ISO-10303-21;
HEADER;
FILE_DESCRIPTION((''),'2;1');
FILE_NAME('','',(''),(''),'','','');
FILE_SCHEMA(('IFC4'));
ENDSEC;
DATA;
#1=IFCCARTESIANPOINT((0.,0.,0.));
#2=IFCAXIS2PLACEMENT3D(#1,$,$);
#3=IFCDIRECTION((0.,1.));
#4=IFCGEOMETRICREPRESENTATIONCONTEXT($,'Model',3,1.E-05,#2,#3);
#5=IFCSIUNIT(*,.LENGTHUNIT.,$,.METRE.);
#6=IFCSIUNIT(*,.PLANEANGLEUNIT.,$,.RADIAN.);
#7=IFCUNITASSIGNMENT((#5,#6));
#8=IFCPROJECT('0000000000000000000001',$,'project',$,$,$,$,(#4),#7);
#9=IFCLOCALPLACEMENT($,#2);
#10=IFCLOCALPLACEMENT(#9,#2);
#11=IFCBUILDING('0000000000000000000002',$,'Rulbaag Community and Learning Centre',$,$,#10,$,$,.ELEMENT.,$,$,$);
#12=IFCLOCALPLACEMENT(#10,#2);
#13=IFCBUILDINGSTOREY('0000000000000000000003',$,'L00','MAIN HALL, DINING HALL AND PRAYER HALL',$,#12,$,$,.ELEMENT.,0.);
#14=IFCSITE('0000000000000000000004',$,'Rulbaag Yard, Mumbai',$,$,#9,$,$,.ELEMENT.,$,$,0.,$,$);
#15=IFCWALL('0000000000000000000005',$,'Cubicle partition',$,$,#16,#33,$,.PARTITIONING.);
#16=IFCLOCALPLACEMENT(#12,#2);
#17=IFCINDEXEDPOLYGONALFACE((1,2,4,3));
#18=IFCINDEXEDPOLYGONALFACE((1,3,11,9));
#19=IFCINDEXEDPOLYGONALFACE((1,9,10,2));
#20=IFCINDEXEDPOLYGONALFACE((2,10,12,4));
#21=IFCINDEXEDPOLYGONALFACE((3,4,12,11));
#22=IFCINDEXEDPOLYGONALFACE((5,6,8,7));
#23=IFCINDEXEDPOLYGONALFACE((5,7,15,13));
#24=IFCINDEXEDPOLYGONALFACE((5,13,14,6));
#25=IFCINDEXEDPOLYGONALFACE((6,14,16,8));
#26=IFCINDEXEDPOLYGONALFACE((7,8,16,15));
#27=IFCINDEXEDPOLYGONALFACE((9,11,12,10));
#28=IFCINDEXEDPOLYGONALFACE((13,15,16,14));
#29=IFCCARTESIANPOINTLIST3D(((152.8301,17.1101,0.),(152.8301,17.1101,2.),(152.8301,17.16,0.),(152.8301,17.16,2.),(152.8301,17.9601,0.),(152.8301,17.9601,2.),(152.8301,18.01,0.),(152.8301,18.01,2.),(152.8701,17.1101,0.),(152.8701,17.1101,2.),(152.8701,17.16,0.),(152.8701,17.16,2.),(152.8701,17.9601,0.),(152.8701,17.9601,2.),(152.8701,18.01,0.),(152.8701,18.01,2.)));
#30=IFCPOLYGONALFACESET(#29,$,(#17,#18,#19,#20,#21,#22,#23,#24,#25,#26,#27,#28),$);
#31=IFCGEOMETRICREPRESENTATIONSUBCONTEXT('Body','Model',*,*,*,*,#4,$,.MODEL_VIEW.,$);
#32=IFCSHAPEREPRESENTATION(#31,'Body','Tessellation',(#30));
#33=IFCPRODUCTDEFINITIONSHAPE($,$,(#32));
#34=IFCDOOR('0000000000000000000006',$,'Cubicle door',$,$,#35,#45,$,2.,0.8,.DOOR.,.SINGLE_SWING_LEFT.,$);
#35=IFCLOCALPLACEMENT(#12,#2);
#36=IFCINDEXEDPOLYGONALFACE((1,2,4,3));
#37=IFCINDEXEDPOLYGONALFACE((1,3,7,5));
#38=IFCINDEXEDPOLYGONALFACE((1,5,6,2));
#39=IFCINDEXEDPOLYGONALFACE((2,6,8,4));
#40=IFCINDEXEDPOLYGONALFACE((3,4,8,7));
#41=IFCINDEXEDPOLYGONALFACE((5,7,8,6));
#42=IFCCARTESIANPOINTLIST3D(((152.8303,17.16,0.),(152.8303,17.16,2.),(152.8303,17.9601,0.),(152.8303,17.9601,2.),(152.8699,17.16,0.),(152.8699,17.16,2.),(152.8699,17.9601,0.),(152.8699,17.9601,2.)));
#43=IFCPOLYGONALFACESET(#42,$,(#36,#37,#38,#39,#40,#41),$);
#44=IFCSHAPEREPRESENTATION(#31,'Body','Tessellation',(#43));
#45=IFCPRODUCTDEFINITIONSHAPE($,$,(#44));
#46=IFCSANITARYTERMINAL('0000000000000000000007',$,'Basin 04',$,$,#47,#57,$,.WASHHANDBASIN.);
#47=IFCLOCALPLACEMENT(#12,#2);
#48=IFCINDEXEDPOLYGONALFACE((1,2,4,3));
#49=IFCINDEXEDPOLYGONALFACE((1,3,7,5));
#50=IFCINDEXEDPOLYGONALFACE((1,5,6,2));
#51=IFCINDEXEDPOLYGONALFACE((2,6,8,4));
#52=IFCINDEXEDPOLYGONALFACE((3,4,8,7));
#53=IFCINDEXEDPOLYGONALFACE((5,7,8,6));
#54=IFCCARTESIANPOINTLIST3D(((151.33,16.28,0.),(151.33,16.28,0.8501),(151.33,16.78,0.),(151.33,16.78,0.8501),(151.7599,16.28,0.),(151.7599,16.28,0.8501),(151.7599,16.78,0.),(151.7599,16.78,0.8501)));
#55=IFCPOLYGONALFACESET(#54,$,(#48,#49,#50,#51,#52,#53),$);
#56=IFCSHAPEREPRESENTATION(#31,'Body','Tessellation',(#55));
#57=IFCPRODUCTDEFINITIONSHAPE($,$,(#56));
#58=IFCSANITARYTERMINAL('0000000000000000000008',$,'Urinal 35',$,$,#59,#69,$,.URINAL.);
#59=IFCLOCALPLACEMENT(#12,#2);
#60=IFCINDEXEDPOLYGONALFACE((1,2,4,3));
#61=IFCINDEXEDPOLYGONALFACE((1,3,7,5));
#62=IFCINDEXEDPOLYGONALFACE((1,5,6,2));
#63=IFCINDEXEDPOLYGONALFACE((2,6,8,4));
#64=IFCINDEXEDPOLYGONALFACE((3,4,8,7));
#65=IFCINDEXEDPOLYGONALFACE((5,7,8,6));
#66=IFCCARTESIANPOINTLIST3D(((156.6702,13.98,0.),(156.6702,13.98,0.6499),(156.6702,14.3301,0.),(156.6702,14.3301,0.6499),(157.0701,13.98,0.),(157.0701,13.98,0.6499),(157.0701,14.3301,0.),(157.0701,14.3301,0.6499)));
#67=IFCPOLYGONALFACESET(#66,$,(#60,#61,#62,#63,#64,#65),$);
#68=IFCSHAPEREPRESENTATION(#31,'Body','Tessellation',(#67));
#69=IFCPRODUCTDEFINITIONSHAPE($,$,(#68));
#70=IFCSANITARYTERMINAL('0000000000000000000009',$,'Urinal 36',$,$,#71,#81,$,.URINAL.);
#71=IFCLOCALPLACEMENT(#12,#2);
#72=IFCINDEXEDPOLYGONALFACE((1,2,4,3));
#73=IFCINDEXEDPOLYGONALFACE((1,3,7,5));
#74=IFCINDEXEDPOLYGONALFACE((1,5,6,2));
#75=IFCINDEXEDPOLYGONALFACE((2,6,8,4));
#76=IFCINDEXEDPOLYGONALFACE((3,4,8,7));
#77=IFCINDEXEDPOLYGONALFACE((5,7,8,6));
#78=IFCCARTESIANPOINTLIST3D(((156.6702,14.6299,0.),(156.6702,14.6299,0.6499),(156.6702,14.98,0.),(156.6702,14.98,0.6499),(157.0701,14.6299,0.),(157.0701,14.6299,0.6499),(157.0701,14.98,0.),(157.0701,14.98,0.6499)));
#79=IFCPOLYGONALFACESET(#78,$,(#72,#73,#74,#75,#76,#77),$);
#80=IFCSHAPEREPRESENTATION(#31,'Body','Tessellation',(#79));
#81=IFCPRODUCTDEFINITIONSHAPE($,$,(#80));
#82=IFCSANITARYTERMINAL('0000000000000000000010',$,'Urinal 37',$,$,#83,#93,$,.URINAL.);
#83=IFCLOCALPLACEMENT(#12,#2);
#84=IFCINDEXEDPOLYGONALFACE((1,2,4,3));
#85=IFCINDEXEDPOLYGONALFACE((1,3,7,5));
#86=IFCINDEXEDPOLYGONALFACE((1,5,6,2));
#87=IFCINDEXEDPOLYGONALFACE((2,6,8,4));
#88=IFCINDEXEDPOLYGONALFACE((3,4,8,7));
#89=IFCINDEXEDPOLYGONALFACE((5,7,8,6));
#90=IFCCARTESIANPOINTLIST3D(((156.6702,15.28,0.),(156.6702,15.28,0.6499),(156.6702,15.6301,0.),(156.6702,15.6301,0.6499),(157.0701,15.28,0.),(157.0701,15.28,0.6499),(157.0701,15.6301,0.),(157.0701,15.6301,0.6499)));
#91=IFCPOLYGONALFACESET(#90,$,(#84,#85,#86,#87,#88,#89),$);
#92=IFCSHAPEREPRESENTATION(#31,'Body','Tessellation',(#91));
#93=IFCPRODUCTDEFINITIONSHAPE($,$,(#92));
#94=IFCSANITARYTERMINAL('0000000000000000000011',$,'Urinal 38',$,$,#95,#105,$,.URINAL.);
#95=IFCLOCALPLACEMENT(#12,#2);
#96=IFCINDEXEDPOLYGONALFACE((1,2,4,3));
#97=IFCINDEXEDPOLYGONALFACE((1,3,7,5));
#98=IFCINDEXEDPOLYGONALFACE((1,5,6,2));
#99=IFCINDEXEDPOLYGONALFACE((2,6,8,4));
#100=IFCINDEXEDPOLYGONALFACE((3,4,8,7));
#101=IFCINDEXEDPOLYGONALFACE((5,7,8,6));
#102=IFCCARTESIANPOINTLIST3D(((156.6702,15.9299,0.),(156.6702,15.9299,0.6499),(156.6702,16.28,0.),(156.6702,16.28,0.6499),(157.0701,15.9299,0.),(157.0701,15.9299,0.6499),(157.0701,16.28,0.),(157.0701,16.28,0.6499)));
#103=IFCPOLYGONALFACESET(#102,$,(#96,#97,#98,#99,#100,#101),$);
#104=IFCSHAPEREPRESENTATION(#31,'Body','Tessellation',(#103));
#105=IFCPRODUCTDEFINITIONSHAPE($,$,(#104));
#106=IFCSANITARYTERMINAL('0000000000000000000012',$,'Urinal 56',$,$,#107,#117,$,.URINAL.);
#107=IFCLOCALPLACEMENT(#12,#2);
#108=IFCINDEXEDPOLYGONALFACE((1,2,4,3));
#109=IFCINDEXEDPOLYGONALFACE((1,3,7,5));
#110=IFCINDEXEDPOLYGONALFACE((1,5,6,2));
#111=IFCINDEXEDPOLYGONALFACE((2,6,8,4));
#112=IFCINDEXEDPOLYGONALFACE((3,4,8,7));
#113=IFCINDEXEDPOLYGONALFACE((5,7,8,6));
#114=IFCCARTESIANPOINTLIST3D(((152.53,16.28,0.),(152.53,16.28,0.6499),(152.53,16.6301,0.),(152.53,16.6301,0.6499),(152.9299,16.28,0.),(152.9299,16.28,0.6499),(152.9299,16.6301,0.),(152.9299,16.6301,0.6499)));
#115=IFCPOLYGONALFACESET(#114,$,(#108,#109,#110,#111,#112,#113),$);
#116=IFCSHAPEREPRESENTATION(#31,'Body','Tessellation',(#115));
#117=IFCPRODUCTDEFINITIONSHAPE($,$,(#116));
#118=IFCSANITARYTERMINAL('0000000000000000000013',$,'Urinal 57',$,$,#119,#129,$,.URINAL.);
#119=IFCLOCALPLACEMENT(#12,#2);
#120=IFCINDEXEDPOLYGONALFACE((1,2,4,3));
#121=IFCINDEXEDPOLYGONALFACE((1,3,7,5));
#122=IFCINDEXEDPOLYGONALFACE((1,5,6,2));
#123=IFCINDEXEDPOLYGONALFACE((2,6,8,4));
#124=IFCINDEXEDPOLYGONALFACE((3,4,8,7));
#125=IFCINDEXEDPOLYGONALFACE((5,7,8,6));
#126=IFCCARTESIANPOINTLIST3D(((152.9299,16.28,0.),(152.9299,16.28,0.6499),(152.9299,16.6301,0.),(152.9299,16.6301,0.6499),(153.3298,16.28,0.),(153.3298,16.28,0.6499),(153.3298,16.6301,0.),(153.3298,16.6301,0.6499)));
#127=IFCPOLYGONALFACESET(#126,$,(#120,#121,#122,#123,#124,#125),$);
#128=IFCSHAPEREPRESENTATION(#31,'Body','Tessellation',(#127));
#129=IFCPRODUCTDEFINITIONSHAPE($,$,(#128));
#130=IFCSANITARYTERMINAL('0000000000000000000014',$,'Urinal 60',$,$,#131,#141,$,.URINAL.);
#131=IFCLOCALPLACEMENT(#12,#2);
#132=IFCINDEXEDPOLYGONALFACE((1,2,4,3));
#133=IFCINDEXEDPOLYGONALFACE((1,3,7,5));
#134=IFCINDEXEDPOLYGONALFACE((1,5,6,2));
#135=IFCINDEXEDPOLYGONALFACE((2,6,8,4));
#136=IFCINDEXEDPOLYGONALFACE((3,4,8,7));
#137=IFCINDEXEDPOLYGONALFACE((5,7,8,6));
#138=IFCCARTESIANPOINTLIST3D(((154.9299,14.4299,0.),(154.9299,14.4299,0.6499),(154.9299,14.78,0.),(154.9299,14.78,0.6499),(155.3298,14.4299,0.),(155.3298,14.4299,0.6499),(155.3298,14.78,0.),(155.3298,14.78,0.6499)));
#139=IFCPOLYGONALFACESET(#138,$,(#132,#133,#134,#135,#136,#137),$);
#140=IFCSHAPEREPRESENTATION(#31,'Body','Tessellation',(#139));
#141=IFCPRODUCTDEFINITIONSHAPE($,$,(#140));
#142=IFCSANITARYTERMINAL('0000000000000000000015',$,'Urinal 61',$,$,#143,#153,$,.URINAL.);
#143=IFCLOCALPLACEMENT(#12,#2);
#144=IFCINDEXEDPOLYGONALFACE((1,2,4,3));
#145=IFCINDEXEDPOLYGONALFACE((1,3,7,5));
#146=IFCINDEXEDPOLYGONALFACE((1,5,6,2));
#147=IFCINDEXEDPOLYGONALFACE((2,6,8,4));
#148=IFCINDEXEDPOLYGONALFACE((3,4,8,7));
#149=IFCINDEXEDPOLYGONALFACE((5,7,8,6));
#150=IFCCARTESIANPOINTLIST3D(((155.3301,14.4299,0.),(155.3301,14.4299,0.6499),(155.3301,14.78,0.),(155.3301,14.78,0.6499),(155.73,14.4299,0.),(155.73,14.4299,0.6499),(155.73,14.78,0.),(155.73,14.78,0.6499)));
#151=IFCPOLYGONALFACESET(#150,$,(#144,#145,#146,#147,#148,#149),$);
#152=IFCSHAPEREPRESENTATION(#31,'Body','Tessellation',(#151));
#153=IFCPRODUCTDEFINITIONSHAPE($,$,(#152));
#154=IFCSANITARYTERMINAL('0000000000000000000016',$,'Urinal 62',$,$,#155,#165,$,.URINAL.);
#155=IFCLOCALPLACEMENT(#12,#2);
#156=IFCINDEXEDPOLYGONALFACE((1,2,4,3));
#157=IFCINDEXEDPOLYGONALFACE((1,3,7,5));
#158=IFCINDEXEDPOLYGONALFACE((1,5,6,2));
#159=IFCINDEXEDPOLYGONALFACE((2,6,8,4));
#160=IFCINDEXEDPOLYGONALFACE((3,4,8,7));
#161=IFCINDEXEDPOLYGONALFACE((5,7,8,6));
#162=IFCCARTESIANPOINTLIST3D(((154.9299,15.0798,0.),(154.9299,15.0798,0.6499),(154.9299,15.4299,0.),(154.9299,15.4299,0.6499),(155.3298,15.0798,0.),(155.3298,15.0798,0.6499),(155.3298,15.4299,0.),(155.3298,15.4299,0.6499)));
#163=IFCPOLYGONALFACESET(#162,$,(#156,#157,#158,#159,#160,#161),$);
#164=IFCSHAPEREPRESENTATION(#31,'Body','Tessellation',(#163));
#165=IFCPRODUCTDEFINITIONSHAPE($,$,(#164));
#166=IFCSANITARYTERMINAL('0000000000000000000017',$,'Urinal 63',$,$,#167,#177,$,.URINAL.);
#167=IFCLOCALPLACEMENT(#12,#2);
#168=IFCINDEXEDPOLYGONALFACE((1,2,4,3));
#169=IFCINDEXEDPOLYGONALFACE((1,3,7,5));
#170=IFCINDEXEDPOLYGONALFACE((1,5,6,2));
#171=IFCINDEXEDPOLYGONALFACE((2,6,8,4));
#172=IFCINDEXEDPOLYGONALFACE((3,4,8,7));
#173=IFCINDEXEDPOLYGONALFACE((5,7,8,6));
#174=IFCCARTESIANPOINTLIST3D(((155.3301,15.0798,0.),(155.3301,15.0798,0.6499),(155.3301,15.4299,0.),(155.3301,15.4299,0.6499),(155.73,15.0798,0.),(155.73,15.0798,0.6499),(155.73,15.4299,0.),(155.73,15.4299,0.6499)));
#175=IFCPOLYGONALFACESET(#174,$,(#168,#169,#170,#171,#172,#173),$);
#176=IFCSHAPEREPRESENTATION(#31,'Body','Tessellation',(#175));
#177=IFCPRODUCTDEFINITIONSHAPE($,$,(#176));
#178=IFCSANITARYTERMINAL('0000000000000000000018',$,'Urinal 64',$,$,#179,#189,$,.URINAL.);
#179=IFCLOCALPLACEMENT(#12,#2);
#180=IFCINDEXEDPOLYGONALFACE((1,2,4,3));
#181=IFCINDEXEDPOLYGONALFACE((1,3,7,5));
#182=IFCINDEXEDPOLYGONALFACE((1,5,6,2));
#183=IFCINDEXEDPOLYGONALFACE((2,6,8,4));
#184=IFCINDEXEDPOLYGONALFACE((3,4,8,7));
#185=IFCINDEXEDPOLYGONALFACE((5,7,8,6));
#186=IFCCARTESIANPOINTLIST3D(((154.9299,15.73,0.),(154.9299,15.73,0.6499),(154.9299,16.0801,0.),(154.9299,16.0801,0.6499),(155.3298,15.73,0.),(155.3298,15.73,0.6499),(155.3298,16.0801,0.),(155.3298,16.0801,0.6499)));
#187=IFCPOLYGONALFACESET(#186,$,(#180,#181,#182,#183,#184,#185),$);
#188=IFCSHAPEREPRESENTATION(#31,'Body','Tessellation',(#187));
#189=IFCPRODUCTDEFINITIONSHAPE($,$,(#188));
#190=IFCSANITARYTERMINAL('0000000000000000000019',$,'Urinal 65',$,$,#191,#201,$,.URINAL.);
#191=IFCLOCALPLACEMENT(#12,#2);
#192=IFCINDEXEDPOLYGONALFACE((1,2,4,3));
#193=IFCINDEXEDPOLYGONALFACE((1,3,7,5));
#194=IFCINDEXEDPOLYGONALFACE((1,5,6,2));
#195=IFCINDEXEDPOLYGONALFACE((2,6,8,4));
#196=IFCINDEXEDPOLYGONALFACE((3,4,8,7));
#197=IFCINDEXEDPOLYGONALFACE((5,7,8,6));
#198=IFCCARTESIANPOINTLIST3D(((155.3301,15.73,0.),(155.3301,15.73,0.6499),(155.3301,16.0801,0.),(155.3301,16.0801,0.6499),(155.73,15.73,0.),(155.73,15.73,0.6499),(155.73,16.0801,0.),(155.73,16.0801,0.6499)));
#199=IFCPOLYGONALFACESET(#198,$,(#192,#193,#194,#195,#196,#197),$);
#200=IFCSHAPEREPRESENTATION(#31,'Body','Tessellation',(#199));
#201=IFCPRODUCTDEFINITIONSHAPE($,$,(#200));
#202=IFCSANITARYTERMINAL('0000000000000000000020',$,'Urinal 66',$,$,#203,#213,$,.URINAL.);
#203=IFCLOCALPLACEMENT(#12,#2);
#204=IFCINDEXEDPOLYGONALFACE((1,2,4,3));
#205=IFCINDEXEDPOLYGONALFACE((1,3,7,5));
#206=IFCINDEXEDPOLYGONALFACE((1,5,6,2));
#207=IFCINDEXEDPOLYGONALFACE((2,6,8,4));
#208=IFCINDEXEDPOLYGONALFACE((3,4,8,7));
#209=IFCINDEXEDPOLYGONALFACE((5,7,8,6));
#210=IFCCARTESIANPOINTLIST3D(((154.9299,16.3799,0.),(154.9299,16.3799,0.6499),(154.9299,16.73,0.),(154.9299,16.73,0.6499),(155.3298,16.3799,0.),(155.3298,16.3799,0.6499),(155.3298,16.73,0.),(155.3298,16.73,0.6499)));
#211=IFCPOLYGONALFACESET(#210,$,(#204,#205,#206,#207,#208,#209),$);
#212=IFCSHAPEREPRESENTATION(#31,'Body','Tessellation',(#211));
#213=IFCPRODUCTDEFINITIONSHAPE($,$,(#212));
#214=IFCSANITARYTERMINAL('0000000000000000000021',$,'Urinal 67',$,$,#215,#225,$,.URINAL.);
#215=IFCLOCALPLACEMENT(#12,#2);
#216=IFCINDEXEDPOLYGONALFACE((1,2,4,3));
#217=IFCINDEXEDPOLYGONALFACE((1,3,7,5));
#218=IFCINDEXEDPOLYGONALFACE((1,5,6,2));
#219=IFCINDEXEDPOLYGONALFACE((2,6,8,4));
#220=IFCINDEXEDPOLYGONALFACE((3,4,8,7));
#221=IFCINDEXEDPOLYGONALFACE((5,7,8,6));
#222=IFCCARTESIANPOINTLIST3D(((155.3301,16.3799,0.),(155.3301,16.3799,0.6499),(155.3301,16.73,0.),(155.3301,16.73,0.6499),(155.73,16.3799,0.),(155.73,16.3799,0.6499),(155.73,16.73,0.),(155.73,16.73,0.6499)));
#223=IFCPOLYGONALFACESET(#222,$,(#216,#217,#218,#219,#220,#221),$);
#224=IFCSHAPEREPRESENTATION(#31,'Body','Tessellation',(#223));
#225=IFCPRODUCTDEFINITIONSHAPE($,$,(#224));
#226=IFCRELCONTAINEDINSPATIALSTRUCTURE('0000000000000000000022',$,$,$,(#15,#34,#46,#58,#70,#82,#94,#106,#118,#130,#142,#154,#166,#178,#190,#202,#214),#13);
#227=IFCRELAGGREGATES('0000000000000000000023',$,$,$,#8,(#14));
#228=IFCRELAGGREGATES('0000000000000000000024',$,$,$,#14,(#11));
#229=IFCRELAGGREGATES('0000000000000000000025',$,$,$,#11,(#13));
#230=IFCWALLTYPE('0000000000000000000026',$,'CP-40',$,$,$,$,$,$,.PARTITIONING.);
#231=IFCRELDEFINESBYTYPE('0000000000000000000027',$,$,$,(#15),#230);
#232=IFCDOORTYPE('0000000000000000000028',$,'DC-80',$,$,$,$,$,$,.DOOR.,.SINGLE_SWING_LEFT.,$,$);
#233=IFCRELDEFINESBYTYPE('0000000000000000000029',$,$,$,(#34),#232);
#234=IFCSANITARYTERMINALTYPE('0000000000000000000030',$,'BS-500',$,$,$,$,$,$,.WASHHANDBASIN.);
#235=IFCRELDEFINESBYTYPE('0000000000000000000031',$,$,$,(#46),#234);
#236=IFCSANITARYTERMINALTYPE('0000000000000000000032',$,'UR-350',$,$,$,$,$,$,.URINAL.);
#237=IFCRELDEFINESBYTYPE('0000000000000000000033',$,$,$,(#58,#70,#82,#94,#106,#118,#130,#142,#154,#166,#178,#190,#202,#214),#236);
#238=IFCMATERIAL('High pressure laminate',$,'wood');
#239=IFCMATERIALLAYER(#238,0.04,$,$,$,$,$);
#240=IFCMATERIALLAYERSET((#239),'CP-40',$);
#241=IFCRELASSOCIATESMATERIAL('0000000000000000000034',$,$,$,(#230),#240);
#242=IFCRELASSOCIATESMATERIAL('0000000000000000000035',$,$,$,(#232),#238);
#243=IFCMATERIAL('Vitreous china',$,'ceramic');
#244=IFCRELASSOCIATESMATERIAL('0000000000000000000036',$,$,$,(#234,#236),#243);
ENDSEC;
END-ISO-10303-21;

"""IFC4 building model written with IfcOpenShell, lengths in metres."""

from ifc_helpers import new_model, si_unit, direction, frame, frame_2d, origin, origin_2d, place, context, subcontext, project, spatial, rectangle, extrude, material, layer, layer_set, type_object, element, fill, save


model = new_model("IFC4")

# Units and contexts
model_context = context("Model", 3, precision=1e-05, world=origin(), true_north=direction((0.0, 1.0)))
body_context = subcontext(model_context, "Body", "Model", "MODEL_VIEW")
ifc_project = project(units=[si_unit("LENGTHUNIT", "METRE"), si_unit("PLANEANGLEUNIT", "RADIAN")], contexts=[model_context])

# Site, building, storey
site_placement = place(None, origin())
site = spatial("IfcSite", under=ifc_project, at=site_placement, Name="Rulbaag Yard, Mumbai", CompositionType="ELEMENT", RefElevation=0.0)
building_placement = place(site_placement, origin())
building = spatial("IfcBuilding", under=site, at=building_placement, Name="Rulbaag Community and Learning Centre", CompositionType="ELEMENT")
storey_placement = place(building_placement, origin())
storey = spatial("IfcBuildingStorey", under=building, at=storey_placement, Name="L00", Description="MAIN HALL, DINING HALL AND PRAYER HALL", CompositionType="ELEMENT", Elevation=0.0)

# Shared definitions
ifc_material_1 = material(Name="High pressure laminate", Category="wood")
ifc_layer = layer(ifc_material_1, 0.04)
ifc_layer_set = layer_set([ifc_layer], Name="CP-40")
wall_type = type_object("IfcWallType", Name="CP-40", PredefinedType="PARTITIONING", material=ifc_layer_set)

# Shared definitions
door_type = type_object("IfcDoorType", Name="DC-80", OperationType="SINGLE_SWING_LEFT", PredefinedType="DOOR", material=ifc_material_1)

# Wall, opening, door
wall_1_placement = place(storey_placement, frame((152.8501, 17.1101, 0.0), z_axis=(0.0, 0.0, 1.0), x_axis=(0.0, 1.0, 0.0)))
wall_1 = element("IfcWall", 1, at=wall_1_placement, inside=storey, type_object=wall_type, Name="Cubicle partition", PredefinedType="PARTITIONING", context=body_context, shape_type="SweptSolid", body=[
    extrude(rectangle(XDim=0.8999, YDim=0.04, at=frame_2d((0.45, 0.0))), origin(), (0.0, 0.0, 1.0), 2.0),
])
opening_1_placement = place(wall_1_placement, frame((0.05, 0.0, 0.0)))
opening_1 = element("IfcOpeningElement", 2, at=opening_1_placement, cuts=wall_1, PredefinedType="OPENING", context=body_context, shape_type="SweptSolid", body=[
    extrude(rectangle(XDim=0.8, YDim=2.0, at=frame_2d((0.3999, 1.0))), frame((0.0, 0.03, 0.0), z_axis=(0.0, -1.0, 0.0), x_axis=(1.0, 0.0, 0.0)), (0.0, 0.0, 1.0), 0.0601),
])
door_1_placement = place(opening_1_placement, origin())
door_1 = element("IfcDoor", 3, at=door_1_placement, inside=storey, type_object=door_type, Name="Cubicle door", OperationType="SINGLE_SWING_LEFT", OverallHeight=2.0, OverallWidth=0.8, PredefinedType="DOOR", context=body_context, shape_type="SweptSolid", body=[
    extrude(rectangle(XDim=0.8, YDim=2.0, at=frame_2d((0.3999, 1.0))), frame((0.0, 0.0198, 0.0), z_axis=(0.0, -1.0, 0.0), x_axis=(1.0, 0.0, 0.0)), (0.0, 0.0, 1.0), 0.0396),
])
fill(opening_1, door_1)

# Sanitary terminals
ifc_material_2 = material(Name="Vitreous china", Category="ceramic")
sanitary_terminal_type_1 = type_object("IfcSanitaryTerminalType", Name="BS-500", PredefinedType="WASHHANDBASIN", material=ifc_material_2)
sanitary_terminal_placement = place(storey_placement, frame((151.5449, 16.53, 0.0), z_axis=(0.0, 0.0, 1.0), x_axis=(1.0, 0.0, 0.0)))
element("IfcSanitaryTerminal", 4, at=sanitary_terminal_placement, inside=storey, type_object=sanitary_terminal_type_1, Name="Basin 04", PredefinedType="WASHHANDBASIN", context=body_context, shape_type="SweptSolid", body=[
    extrude(rectangle(XDim=0.4299, YDim=0.5, at=origin_2d()), origin(), (0.0, 0.0, 1.0), 0.8501),
])
sanitary_terminal_type_2 = type_object("IfcSanitaryTerminalType", Name="UR-350", PredefinedType="URINAL", material=ifc_material_2)
for number, where, z_axis, x_axis, name in (
    (5, (156.8701, 14.155, 0.0), (0.0, 0.0, 1.0), (1.0, 0.0, 0.0), "Urinal 35"),
    (6, (156.8701, 14.8049, 0.0), (0.0, 0.0, 1.0), (1.0, 0.0, 0.0), "Urinal 36"),
    (7, (156.8701, 15.4551, 0.0), (0.0, 0.0, 1.0), (1.0, 0.0, 0.0), "Urinal 37"),
    (8, (156.8701, 16.105, 0.0), (0.0, 0.0, 1.0), (1.0, 0.0, 0.0), "Urinal 38"),
    (9, (152.73, 16.4551, 0.0), (0.0, 0.0, 1.0), (1.0, 0.0, 0.0), "Urinal 56"),
    (10, (153.1299, 16.4551, 0.0), (0.0, 0.0, 1.0), (1.0, 0.0, 0.0), "Urinal 57"),
    (11, (155.1299, 14.605, 0.0), (0.0, 0.0, 1.0), (1.0, 0.0, 0.0), "Urinal 60"),
    (12, (155.53, 14.605, 0.0), (0.0, 0.0, 1.0), (1.0, 0.0, 0.0), "Urinal 61"),
    (13, (155.1299, 15.2549, 0.0), (0.0, 0.0, 1.0), (1.0, 0.0, 0.0), "Urinal 62"),
    (14, (155.53, 15.2549, 0.0), (0.0, 0.0, 1.0), (1.0, 0.0, 0.0), "Urinal 63"),
    (15, (155.1299, 15.905, 0.0), (0.0, 0.0, 1.0), (1.0, 0.0, 0.0), "Urinal 64"),
    (16, (155.53, 15.905, 0.0), (0.0, 0.0, 1.0), (1.0, 0.0, 0.0), "Urinal 65"),
    (17, (155.1299, 16.5549, 0.0), (0.0, 0.0, 1.0), (1.0, 0.0, 0.0), "Urinal 66"),
    (18, (155.53, 16.5549, 0.0), (0.0, 0.0, 1.0), (1.0, 0.0, 0.0), "Urinal 67"),
):
    element("IfcSanitaryTerminal", number, at=place(storey_placement, frame(where, z_axis=z_axis, x_axis=x_axis)), inside=storey, type_object=sanitary_terminal_type_2, Name=name, PredefinedType="URINAL", context=body_context, shape_type="SweptSolid", body=[
        extrude(rectangle(XDim=0.3999, YDim=0.3501, at=origin_2d()), origin(), (0.0, 0.0, 1.0), 0.6499),
    ])

save(model, "model.ifc")
